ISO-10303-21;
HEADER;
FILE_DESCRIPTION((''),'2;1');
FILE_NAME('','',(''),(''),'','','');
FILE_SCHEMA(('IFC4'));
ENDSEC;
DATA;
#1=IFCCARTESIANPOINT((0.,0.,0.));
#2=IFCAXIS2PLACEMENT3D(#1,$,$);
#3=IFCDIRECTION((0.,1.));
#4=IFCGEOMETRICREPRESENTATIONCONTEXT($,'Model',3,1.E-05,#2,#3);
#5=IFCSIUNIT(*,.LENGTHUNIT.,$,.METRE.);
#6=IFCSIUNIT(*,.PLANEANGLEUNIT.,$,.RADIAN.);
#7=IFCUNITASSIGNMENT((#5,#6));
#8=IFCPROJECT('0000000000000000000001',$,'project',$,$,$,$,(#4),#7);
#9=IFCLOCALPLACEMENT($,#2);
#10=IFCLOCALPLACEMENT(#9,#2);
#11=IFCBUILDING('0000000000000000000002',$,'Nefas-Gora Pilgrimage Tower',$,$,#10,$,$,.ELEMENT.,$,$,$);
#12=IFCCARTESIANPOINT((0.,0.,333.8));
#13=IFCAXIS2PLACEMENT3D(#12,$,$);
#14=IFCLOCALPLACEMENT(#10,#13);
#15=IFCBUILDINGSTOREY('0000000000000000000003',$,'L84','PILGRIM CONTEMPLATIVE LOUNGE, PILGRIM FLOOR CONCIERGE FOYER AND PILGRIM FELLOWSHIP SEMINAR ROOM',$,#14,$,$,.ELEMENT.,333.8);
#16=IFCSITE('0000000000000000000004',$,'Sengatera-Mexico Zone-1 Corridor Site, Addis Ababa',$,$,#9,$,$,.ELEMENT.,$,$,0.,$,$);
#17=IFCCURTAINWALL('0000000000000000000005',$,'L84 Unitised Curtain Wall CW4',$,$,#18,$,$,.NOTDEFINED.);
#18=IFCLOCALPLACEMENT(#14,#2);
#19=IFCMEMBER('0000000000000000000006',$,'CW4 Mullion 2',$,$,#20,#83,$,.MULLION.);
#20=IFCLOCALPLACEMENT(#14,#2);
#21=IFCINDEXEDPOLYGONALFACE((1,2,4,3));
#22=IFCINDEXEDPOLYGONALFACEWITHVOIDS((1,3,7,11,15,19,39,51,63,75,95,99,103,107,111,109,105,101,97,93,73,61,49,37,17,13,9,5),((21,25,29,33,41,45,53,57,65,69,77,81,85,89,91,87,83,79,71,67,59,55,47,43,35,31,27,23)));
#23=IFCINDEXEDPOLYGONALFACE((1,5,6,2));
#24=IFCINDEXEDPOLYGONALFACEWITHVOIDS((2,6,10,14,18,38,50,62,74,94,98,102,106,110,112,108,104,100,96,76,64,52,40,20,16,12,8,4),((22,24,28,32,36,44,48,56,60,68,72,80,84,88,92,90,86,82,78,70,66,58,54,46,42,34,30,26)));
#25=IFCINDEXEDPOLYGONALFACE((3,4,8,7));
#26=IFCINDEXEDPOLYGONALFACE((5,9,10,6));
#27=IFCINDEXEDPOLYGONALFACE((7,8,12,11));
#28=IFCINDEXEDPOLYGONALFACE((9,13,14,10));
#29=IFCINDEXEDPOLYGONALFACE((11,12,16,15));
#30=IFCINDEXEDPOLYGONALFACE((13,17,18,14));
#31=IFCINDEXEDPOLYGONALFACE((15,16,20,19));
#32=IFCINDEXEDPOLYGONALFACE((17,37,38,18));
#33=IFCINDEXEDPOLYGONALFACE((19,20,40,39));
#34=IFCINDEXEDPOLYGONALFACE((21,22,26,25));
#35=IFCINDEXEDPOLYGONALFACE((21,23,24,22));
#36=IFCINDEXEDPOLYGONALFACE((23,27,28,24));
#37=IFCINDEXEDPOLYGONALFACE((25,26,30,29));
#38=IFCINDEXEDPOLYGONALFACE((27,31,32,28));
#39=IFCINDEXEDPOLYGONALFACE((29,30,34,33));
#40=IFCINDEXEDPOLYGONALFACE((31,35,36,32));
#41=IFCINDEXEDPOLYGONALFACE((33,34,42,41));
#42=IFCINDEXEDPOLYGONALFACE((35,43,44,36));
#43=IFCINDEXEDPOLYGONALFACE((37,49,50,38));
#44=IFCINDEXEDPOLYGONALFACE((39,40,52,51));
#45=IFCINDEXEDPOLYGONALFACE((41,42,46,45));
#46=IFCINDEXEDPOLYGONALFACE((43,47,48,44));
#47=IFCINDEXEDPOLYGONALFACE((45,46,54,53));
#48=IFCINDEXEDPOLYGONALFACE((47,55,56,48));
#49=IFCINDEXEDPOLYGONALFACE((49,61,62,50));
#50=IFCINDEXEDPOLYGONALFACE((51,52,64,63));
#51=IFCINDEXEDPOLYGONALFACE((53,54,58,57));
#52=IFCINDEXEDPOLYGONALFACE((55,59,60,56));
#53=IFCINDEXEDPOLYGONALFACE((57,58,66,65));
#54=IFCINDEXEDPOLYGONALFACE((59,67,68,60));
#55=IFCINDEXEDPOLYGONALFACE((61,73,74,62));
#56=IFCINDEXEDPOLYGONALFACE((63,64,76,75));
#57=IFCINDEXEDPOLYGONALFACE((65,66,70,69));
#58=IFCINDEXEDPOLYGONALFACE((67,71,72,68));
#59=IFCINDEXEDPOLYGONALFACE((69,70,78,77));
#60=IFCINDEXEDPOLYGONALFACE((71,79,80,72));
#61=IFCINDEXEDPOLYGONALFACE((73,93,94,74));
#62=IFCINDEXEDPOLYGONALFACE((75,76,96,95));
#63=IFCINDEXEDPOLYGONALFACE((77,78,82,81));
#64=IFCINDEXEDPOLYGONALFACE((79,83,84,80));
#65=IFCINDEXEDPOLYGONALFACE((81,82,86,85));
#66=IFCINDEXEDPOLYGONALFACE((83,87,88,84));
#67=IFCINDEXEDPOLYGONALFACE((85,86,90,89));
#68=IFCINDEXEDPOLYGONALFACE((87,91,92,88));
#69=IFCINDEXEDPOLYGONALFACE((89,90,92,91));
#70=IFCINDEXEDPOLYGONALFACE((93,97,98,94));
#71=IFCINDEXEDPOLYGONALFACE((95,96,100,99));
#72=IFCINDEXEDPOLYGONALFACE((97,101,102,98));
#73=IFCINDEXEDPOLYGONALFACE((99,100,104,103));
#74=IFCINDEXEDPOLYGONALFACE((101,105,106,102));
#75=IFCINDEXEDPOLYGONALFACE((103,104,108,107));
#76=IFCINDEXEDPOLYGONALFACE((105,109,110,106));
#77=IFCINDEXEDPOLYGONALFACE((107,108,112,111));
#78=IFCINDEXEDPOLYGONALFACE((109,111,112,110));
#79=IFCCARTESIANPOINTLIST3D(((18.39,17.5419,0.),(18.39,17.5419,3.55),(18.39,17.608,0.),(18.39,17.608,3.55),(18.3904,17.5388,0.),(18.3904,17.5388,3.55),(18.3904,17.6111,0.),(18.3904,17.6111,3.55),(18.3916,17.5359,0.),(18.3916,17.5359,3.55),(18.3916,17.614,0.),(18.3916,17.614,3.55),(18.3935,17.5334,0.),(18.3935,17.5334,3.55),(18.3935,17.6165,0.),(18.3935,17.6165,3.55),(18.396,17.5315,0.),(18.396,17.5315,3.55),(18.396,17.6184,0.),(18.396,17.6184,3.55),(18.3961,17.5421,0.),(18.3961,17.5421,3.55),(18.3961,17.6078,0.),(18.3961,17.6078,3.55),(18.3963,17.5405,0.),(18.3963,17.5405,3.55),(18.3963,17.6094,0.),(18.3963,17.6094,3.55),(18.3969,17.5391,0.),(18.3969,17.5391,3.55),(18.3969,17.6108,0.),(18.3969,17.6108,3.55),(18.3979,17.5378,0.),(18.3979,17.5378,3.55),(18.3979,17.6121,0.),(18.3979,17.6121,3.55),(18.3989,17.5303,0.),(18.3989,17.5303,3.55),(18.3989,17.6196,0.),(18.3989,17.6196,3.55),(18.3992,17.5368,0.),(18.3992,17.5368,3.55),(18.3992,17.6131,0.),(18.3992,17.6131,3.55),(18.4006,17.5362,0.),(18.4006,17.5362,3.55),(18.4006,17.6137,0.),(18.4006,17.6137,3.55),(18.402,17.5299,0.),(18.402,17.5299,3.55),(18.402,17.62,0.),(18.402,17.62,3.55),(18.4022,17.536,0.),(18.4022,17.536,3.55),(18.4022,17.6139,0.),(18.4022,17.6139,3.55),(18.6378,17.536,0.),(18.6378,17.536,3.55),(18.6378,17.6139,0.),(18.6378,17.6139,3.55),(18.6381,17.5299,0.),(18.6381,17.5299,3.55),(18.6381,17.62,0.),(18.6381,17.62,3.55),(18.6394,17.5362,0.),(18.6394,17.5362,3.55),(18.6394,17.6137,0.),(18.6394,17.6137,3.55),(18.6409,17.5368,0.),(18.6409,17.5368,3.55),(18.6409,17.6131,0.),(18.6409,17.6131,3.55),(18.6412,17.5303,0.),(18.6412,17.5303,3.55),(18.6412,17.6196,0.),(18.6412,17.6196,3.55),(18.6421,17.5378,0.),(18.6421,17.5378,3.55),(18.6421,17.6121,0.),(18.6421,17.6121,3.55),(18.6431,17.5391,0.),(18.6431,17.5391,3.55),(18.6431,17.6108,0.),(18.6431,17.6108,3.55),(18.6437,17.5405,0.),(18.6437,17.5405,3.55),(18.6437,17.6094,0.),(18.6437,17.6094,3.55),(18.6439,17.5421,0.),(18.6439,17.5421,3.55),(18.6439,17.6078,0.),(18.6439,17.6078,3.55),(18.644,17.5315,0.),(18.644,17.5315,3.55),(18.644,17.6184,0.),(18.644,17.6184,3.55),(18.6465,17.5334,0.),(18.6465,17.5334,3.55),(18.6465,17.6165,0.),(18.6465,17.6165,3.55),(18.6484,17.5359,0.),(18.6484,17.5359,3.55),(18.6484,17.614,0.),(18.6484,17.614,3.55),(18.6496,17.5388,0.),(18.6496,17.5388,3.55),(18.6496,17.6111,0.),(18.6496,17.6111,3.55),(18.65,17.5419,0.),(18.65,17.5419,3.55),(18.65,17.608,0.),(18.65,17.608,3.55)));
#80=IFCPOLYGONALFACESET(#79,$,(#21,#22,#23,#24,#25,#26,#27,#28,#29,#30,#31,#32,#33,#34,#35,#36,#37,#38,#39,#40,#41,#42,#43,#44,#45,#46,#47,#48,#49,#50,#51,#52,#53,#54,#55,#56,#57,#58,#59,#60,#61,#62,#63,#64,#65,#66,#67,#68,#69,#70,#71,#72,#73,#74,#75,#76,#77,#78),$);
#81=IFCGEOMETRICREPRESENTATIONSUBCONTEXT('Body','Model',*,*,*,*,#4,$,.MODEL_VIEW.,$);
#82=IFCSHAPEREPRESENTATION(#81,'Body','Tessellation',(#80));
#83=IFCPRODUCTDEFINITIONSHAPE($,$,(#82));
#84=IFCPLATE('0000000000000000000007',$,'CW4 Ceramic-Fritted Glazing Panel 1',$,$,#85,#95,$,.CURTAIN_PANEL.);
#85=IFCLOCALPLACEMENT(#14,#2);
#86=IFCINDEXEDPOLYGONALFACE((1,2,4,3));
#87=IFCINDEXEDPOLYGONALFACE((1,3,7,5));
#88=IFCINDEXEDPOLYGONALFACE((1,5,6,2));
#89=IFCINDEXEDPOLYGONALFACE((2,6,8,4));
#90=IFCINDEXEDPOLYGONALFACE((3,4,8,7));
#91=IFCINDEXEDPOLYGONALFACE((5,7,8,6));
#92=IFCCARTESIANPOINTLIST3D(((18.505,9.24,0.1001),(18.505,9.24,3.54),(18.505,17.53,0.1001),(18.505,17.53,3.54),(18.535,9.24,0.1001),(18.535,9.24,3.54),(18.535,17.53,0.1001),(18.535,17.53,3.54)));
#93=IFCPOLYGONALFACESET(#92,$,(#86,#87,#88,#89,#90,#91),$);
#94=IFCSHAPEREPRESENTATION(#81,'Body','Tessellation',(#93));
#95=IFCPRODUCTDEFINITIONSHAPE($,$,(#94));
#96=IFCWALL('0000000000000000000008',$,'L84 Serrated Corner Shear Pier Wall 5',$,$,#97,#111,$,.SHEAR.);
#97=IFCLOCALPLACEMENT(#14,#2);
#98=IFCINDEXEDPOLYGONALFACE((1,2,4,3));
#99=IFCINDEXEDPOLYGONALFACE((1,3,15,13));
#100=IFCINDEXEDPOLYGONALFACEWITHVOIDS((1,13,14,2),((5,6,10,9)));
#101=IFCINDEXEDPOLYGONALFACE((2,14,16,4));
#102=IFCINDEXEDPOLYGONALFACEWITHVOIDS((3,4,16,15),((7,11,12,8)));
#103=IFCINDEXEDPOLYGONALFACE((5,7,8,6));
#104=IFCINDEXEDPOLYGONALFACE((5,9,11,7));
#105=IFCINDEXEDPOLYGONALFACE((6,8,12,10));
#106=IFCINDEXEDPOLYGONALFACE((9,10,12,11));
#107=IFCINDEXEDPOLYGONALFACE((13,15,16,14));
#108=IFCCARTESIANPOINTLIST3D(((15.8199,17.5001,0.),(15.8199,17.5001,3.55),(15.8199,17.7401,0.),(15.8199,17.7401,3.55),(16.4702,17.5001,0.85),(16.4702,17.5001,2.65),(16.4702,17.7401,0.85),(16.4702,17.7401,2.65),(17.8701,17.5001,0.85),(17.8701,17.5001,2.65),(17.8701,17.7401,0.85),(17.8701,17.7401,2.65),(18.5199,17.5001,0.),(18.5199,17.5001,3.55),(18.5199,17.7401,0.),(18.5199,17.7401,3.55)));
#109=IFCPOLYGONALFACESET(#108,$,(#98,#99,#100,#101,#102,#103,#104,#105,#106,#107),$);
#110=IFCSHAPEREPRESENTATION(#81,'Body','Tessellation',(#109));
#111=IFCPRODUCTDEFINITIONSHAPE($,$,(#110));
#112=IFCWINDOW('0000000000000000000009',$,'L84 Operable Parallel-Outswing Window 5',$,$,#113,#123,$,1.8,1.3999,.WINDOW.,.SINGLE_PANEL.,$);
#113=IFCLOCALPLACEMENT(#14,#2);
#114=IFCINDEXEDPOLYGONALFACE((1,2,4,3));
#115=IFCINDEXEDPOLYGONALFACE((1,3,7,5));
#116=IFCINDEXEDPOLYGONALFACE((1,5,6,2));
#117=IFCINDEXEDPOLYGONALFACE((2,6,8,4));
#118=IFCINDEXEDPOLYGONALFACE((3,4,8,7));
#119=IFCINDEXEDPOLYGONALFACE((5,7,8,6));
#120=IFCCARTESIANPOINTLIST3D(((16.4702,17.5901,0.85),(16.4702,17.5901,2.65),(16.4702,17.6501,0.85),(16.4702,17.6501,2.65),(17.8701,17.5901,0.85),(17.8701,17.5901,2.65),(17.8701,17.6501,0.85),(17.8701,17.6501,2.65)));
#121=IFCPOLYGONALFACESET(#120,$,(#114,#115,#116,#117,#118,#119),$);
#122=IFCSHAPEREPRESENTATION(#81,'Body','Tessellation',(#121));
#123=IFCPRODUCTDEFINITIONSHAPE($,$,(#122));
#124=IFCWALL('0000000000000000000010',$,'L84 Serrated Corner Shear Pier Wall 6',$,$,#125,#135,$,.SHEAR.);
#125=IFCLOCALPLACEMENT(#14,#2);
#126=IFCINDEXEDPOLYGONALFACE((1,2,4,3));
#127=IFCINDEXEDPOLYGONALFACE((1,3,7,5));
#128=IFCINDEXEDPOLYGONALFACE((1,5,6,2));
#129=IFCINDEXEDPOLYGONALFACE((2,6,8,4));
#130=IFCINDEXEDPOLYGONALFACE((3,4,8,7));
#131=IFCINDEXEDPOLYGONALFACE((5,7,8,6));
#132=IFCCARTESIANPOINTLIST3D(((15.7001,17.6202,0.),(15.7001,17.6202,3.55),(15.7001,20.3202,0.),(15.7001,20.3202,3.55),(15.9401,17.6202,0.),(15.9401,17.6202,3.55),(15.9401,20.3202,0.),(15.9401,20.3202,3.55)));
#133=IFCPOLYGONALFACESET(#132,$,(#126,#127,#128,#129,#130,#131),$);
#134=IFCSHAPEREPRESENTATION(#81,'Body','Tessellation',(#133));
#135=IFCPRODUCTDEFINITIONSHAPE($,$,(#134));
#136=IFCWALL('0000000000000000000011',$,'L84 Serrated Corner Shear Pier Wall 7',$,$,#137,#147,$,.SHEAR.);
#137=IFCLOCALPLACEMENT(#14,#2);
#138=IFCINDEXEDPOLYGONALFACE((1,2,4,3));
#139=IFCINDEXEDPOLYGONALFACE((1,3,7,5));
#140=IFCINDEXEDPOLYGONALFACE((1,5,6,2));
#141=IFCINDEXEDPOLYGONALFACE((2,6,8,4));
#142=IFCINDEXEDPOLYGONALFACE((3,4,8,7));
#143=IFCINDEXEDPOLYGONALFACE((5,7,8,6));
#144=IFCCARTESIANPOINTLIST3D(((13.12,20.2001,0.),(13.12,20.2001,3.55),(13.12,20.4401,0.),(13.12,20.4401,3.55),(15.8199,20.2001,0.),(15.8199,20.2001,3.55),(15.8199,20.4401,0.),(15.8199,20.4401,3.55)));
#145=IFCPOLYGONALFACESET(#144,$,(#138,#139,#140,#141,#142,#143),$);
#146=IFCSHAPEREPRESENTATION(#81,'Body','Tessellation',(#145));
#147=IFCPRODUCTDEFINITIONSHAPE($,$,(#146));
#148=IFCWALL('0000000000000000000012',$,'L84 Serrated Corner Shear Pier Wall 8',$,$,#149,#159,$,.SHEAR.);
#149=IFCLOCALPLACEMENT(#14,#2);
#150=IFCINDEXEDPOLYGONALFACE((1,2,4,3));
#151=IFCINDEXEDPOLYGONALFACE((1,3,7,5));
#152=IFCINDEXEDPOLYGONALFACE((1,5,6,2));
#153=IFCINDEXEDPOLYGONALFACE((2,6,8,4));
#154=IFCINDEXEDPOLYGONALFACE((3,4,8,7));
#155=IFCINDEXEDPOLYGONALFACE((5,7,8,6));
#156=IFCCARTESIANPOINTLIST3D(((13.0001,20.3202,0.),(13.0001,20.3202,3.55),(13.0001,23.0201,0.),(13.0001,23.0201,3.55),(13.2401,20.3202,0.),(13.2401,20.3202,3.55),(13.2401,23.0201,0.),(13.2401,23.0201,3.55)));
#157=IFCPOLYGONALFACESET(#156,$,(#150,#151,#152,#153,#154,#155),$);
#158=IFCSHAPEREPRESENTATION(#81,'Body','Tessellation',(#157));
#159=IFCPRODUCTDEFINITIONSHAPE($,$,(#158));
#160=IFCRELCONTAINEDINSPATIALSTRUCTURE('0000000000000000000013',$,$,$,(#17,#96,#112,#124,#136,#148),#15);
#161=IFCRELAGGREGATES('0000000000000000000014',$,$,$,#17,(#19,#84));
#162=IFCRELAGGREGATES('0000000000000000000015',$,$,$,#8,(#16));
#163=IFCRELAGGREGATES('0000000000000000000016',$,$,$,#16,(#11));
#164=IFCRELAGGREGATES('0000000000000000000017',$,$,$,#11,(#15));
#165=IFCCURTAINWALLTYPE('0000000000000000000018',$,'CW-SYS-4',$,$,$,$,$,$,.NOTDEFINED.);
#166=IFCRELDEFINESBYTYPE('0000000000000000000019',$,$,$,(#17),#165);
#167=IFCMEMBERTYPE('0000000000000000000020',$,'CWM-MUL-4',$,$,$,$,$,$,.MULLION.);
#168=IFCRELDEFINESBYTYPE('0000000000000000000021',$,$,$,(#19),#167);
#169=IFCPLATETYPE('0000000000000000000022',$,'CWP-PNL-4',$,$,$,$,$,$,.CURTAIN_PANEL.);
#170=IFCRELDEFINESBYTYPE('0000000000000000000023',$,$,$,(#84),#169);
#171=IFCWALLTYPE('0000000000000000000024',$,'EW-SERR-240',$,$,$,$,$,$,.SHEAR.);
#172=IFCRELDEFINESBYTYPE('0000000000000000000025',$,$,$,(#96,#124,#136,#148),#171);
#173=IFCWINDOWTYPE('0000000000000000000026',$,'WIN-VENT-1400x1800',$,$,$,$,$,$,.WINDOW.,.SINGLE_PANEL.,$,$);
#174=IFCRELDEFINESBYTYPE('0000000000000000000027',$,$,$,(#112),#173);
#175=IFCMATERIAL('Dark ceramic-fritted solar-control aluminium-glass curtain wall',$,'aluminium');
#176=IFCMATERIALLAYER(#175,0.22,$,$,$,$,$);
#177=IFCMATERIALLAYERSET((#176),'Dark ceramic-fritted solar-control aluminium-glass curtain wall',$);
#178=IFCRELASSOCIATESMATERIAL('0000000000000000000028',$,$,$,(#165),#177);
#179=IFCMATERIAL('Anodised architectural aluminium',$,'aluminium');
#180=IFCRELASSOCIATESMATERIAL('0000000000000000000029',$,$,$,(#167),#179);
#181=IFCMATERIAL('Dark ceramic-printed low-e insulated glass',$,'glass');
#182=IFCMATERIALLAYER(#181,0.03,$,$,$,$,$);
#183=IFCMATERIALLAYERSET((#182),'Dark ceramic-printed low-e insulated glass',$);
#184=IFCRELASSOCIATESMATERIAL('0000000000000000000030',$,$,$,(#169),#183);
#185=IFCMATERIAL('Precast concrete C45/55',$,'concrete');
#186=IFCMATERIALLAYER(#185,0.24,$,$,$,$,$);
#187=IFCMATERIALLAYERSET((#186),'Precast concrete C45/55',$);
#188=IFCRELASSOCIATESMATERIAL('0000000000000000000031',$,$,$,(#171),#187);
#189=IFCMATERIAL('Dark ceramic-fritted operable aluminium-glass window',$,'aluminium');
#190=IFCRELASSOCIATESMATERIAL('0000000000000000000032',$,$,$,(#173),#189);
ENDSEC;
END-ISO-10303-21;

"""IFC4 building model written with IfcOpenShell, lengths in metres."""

from ifc_helpers import new_model, si_unit, direction, frame, frame_2d, origin, origin_2d, place, context, subcontext, project, spatial, rectangle, hollow_rectangle, extrude, source, transform, mapped, material, layer, layer_set, material_profile, profile_set, type_object, element, fill, aggregate, save


model = new_model("IFC4")

# Units and contexts
model_context = context("Model", 3, precision=1e-05, world=origin(), true_north=direction((0.0, 1.0)))
body_context = subcontext(model_context, "Body", "Model", "MODEL_VIEW")
ifc_project = project(units=[si_unit("LENGTHUNIT", "METRE"), si_unit("PLANEANGLEUNIT", "RADIAN")], contexts=[model_context])

# Site, building, storey
site_placement = place(None, origin())
site = spatial("IfcSite", under=ifc_project, at=site_placement, Name="Sengatera-Mexico Zone-1 Corridor Site, Addis Ababa", CompositionType="ELEMENT", RefElevation=0.0)
building_placement = place(site_placement, origin())
building = spatial("IfcBuilding", under=site, at=building_placement, Name="Nefas-Gora Pilgrimage Tower", CompositionType="ELEMENT")
storey_placement = place(building_placement, frame((0.0, 0.0, 333.8)))
storey = spatial("IfcBuildingStorey", under=building, at=storey_placement, Name="L84", Description="PILGRIM CONTEMPLATIVE LOUNGE, PILGRIM FLOOR CONCIERGE FOYER AND PILGRIM FELLOWSHIP SEMINAR ROOM", CompositionType="ELEMENT", Elevation=333.8)

# Curtain wall
ifc_material_1 = material(Name="Dark ceramic-fritted solar-control aluminium-glass curtain wall", Category="aluminium")
ifc_layer_1 = layer(ifc_material_1, 0.22)
ifc_layer_set_1 = layer_set([ifc_layer_1], Name="Dark ceramic-fritted solar-control aluminium-glass curtain wall")
curtain_wall_type = type_object("IfcCurtainWallType", Name="CW-SYS-4", PredefinedType="NOTDEFINED", material=ifc_layer_set_1)
curtain_wall_1_placement = place(storey_placement, origin())
curtain_wall_1 = element("IfcCurtainWall", 1, at=curtain_wall_1_placement, inside=storey, type_object=curtain_wall_type, Name="L84 Unitised Curtain Wall CW4", PredefinedType="NOTDEFINED")
ifc_material_2 = material(Name="Anodised architectural aluminium", Category="aluminium")

# Shared definitions
ifc_material_profile_1 = material_profile(ifc_material_2, hollow_rectangle(XDim=0.0901, YDim=0.26, WallThickness=0.0061, InnerFilletRadius=0.0061, OuterFilletRadius=0.012, at=origin_2d()), Name="ALU MULLION 90x260")
ifc_profile_set_1 = profile_set([ifc_material_profile_1], Name="Anodised architectural aluminium")
member_type_1 = type_object("IfcMemberType", Name="CWM-MUL-4", PredefinedType="MULLION", material=ifc_profile_set_1)
shared_shape_1 = source(origin(), body_context, "Body", "SweptSolid", [
    extrude(hollow_rectangle(XDim=0.0901, YDim=0.26, WallThickness=0.0061, InnerFilletRadius=0.0061, OuterFilletRadius=0.012, at=origin_2d()), origin(), (0.0, 0.0, 1.0), 3.55),
])

# Member
member_1_placement = place(storey_placement, frame((18.52, 17.575, 0.0), z_axis=(0.0, 0.0, 1.0), x_axis=(0.0, 1.0, 0.0)))
member_1 = element("IfcMember", 2, at=member_1_placement, type_object=member_type_1, Name="CW4 Mullion 2", PredefinedType="MULLION", context=body_context, shape_type="MappedRepresentation", body=[
    mapped(shared_shape_1, transform((0.0, 0.0, 0.0), x_axis=(1.0, 0.0, 0.0), y_axis=(0.0, 1.0, 0.0), z_axis=(0.0, 0.0, 1.0), scale=1.0)),
])

# Plate
ifc_material_3 = material(Name="Dark ceramic-printed low-e insulated glass", Category="glass")
ifc_layer_2 = layer(ifc_material_3, 0.03)
ifc_layer_set_2 = layer_set([ifc_layer_2], Name="Dark ceramic-printed low-e insulated glass")
plate_type = type_object("IfcPlateType", Name="CWP-PNL-4", PredefinedType="CURTAIN_PANEL", material=ifc_layer_set_2)
shared_shape_2 = source(origin(), body_context, "Body", "SweptSolid", [
    extrude(rectangle(XDim=8.29, YDim=0.03, at=origin_2d()), origin(), (0.0, 0.0, 1.0), 3.4399),
])
plate_placement = place(storey_placement, frame((18.52, 13.385, 0.1001), z_axis=(0.0, 0.0, 1.0), x_axis=(0.0, 1.0, 0.0)))
plate = element("IfcPlate", 3, at=plate_placement, type_object=plate_type, Name="CW4 Ceramic-Fritted Glazing Panel 1", PredefinedType="CURTAIN_PANEL", context=body_context, shape_type="MappedRepresentation", body=[
    mapped(shared_shape_2, transform((0.0, 0.0, 0.0), x_axis=(1.0, 0.0, 0.0), y_axis=(0.0, 1.0, 0.0), z_axis=(0.0, 0.0, 1.0), scale=1.0)),
])
aggregate(curtain_wall_1, [member_1, plate])

# Wall, opening, window
ifc_material_4 = material(Name="Precast concrete C45/55", Category="concrete")
ifc_layer_3 = layer(ifc_material_4, 0.24)
ifc_layer_set_3 = layer_set([ifc_layer_3], Name="Precast concrete C45/55")
wall_type = type_object("IfcWallType", Name="EW-SERR-240", PredefinedType="SHEAR", material=ifc_layer_set_3)
shared_shape_3 = source(origin(), body_context, "Body", "SweptSolid", [
    extrude(rectangle(XDim=2.7, YDim=0.24, at=frame_2d((1.3501, 0.0))), origin(), (0.0, 0.0, 1.0), 3.55),
])
wall_placement = place(storey_placement, frame((18.52, 17.6201, 0.0), z_axis=(0.0, 0.0, 1.0), x_axis=(-1.0, 0.0, 0.0)))
wall = element("IfcWall", 4, at=wall_placement, inside=storey, type_object=wall_type, Name="L84 Serrated Corner Shear Pier Wall 5", PredefinedType="SHEAR", context=body_context, shape_type="MappedRepresentation", body=[
    mapped(shared_shape_3, transform((0.0, 0.0, 0.0), x_axis=(1.0, 0.0, 0.0), y_axis=(0.0, 1.0, 0.0), z_axis=(0.0, 0.0, 1.0), scale=1.0)),
])
opening_placement = place(wall_placement, frame((0.6499, 0.0, 0.8501)))
opening = element("IfcOpeningElement", 5, at=opening_placement, cuts=wall, PredefinedType="OPENING", context=body_context, shape_type="SweptSolid", body=[
    extrude(rectangle(XDim=1.3999, YDim=1.8, at=frame_2d((0.7, 0.8999))), frame((0.0, 0.1299, 0.0), z_axis=(0.0, -1.0, 0.0), x_axis=(1.0, 0.0, 0.0)), (0.0, 0.0, 1.0), 0.26),
])
ifc_material_5 = material(Name="Dark ceramic-fritted operable aluminium-glass window", Category="aluminium")
window_type = type_object("IfcWindowType", Name="WIN-VENT-1400x1800", PartitioningType="SINGLE_PANEL", PredefinedType="WINDOW", material=ifc_material_5)
shared_shape_4 = source(origin(), body_context, "Body", "SweptSolid", [
    extrude(rectangle(XDim=1.3999, YDim=1.8, at=frame_2d((0.7, 0.8999))), frame((0.0, 0.03, 0.0), z_axis=(0.0, -1.0, 0.0), x_axis=(1.0, 0.0, 0.0)), (0.0, 0.0, 1.0), 0.0601),
])
window_placement = place(opening_placement, origin())
window = element("IfcWindow", 6, at=window_placement, inside=storey, type_object=window_type, Name="L84 Operable Parallel-Outswing Window 5", OverallHeight=1.8, OverallWidth=1.3999, PartitioningType="SINGLE_PANEL", PredefinedType="WINDOW", context=body_context, shape_type="MappedRepresentation", body=[
    mapped(shared_shape_4, transform((0.0, 0.0, 0.0), x_axis=(1.0, 0.0, 0.0), y_axis=(0.0, 1.0, 0.0), z_axis=(0.0, 0.0, 1.0), scale=1.0)),
])
fill(opening, window)

# Walls
for number, where, z_axis, x_axis, name in (
    (7, (15.8201, 17.6201, 0.0), (0.0, 0.0, 1.0), (0.0, 1.0, 0.0), "L84 Serrated Corner Shear Pier Wall 6"),
    (8, (15.8201, 20.3201, 0.0), (0.0, 0.0, 1.0), (-1.0, 0.0, 0.0), "L84 Serrated Corner Shear Pier Wall 7"),
    (9, (13.1201, 20.3201, 0.0), (0.0, 0.0, 1.0), (0.0, 1.0, 0.0), "L84 Serrated Corner Shear Pier Wall 8"),
):
    element("IfcWall", number, at=place(storey_placement, frame(where, z_axis=z_axis, x_axis=x_axis)), inside=storey, type_object=wall_type, Name=name, PredefinedType="SHEAR", context=body_context, shape_type="MappedRepresentation", body=[
        mapped(shared_shape_3, transform((0.0, 0.0, 0.0), x_axis=(1.0, 0.0, 0.0), y_axis=(0.0, 1.0, 0.0), z_axis=(0.0, 0.0, 1.0), scale=1.0)),
    ])

save(model, "model.ifc")
